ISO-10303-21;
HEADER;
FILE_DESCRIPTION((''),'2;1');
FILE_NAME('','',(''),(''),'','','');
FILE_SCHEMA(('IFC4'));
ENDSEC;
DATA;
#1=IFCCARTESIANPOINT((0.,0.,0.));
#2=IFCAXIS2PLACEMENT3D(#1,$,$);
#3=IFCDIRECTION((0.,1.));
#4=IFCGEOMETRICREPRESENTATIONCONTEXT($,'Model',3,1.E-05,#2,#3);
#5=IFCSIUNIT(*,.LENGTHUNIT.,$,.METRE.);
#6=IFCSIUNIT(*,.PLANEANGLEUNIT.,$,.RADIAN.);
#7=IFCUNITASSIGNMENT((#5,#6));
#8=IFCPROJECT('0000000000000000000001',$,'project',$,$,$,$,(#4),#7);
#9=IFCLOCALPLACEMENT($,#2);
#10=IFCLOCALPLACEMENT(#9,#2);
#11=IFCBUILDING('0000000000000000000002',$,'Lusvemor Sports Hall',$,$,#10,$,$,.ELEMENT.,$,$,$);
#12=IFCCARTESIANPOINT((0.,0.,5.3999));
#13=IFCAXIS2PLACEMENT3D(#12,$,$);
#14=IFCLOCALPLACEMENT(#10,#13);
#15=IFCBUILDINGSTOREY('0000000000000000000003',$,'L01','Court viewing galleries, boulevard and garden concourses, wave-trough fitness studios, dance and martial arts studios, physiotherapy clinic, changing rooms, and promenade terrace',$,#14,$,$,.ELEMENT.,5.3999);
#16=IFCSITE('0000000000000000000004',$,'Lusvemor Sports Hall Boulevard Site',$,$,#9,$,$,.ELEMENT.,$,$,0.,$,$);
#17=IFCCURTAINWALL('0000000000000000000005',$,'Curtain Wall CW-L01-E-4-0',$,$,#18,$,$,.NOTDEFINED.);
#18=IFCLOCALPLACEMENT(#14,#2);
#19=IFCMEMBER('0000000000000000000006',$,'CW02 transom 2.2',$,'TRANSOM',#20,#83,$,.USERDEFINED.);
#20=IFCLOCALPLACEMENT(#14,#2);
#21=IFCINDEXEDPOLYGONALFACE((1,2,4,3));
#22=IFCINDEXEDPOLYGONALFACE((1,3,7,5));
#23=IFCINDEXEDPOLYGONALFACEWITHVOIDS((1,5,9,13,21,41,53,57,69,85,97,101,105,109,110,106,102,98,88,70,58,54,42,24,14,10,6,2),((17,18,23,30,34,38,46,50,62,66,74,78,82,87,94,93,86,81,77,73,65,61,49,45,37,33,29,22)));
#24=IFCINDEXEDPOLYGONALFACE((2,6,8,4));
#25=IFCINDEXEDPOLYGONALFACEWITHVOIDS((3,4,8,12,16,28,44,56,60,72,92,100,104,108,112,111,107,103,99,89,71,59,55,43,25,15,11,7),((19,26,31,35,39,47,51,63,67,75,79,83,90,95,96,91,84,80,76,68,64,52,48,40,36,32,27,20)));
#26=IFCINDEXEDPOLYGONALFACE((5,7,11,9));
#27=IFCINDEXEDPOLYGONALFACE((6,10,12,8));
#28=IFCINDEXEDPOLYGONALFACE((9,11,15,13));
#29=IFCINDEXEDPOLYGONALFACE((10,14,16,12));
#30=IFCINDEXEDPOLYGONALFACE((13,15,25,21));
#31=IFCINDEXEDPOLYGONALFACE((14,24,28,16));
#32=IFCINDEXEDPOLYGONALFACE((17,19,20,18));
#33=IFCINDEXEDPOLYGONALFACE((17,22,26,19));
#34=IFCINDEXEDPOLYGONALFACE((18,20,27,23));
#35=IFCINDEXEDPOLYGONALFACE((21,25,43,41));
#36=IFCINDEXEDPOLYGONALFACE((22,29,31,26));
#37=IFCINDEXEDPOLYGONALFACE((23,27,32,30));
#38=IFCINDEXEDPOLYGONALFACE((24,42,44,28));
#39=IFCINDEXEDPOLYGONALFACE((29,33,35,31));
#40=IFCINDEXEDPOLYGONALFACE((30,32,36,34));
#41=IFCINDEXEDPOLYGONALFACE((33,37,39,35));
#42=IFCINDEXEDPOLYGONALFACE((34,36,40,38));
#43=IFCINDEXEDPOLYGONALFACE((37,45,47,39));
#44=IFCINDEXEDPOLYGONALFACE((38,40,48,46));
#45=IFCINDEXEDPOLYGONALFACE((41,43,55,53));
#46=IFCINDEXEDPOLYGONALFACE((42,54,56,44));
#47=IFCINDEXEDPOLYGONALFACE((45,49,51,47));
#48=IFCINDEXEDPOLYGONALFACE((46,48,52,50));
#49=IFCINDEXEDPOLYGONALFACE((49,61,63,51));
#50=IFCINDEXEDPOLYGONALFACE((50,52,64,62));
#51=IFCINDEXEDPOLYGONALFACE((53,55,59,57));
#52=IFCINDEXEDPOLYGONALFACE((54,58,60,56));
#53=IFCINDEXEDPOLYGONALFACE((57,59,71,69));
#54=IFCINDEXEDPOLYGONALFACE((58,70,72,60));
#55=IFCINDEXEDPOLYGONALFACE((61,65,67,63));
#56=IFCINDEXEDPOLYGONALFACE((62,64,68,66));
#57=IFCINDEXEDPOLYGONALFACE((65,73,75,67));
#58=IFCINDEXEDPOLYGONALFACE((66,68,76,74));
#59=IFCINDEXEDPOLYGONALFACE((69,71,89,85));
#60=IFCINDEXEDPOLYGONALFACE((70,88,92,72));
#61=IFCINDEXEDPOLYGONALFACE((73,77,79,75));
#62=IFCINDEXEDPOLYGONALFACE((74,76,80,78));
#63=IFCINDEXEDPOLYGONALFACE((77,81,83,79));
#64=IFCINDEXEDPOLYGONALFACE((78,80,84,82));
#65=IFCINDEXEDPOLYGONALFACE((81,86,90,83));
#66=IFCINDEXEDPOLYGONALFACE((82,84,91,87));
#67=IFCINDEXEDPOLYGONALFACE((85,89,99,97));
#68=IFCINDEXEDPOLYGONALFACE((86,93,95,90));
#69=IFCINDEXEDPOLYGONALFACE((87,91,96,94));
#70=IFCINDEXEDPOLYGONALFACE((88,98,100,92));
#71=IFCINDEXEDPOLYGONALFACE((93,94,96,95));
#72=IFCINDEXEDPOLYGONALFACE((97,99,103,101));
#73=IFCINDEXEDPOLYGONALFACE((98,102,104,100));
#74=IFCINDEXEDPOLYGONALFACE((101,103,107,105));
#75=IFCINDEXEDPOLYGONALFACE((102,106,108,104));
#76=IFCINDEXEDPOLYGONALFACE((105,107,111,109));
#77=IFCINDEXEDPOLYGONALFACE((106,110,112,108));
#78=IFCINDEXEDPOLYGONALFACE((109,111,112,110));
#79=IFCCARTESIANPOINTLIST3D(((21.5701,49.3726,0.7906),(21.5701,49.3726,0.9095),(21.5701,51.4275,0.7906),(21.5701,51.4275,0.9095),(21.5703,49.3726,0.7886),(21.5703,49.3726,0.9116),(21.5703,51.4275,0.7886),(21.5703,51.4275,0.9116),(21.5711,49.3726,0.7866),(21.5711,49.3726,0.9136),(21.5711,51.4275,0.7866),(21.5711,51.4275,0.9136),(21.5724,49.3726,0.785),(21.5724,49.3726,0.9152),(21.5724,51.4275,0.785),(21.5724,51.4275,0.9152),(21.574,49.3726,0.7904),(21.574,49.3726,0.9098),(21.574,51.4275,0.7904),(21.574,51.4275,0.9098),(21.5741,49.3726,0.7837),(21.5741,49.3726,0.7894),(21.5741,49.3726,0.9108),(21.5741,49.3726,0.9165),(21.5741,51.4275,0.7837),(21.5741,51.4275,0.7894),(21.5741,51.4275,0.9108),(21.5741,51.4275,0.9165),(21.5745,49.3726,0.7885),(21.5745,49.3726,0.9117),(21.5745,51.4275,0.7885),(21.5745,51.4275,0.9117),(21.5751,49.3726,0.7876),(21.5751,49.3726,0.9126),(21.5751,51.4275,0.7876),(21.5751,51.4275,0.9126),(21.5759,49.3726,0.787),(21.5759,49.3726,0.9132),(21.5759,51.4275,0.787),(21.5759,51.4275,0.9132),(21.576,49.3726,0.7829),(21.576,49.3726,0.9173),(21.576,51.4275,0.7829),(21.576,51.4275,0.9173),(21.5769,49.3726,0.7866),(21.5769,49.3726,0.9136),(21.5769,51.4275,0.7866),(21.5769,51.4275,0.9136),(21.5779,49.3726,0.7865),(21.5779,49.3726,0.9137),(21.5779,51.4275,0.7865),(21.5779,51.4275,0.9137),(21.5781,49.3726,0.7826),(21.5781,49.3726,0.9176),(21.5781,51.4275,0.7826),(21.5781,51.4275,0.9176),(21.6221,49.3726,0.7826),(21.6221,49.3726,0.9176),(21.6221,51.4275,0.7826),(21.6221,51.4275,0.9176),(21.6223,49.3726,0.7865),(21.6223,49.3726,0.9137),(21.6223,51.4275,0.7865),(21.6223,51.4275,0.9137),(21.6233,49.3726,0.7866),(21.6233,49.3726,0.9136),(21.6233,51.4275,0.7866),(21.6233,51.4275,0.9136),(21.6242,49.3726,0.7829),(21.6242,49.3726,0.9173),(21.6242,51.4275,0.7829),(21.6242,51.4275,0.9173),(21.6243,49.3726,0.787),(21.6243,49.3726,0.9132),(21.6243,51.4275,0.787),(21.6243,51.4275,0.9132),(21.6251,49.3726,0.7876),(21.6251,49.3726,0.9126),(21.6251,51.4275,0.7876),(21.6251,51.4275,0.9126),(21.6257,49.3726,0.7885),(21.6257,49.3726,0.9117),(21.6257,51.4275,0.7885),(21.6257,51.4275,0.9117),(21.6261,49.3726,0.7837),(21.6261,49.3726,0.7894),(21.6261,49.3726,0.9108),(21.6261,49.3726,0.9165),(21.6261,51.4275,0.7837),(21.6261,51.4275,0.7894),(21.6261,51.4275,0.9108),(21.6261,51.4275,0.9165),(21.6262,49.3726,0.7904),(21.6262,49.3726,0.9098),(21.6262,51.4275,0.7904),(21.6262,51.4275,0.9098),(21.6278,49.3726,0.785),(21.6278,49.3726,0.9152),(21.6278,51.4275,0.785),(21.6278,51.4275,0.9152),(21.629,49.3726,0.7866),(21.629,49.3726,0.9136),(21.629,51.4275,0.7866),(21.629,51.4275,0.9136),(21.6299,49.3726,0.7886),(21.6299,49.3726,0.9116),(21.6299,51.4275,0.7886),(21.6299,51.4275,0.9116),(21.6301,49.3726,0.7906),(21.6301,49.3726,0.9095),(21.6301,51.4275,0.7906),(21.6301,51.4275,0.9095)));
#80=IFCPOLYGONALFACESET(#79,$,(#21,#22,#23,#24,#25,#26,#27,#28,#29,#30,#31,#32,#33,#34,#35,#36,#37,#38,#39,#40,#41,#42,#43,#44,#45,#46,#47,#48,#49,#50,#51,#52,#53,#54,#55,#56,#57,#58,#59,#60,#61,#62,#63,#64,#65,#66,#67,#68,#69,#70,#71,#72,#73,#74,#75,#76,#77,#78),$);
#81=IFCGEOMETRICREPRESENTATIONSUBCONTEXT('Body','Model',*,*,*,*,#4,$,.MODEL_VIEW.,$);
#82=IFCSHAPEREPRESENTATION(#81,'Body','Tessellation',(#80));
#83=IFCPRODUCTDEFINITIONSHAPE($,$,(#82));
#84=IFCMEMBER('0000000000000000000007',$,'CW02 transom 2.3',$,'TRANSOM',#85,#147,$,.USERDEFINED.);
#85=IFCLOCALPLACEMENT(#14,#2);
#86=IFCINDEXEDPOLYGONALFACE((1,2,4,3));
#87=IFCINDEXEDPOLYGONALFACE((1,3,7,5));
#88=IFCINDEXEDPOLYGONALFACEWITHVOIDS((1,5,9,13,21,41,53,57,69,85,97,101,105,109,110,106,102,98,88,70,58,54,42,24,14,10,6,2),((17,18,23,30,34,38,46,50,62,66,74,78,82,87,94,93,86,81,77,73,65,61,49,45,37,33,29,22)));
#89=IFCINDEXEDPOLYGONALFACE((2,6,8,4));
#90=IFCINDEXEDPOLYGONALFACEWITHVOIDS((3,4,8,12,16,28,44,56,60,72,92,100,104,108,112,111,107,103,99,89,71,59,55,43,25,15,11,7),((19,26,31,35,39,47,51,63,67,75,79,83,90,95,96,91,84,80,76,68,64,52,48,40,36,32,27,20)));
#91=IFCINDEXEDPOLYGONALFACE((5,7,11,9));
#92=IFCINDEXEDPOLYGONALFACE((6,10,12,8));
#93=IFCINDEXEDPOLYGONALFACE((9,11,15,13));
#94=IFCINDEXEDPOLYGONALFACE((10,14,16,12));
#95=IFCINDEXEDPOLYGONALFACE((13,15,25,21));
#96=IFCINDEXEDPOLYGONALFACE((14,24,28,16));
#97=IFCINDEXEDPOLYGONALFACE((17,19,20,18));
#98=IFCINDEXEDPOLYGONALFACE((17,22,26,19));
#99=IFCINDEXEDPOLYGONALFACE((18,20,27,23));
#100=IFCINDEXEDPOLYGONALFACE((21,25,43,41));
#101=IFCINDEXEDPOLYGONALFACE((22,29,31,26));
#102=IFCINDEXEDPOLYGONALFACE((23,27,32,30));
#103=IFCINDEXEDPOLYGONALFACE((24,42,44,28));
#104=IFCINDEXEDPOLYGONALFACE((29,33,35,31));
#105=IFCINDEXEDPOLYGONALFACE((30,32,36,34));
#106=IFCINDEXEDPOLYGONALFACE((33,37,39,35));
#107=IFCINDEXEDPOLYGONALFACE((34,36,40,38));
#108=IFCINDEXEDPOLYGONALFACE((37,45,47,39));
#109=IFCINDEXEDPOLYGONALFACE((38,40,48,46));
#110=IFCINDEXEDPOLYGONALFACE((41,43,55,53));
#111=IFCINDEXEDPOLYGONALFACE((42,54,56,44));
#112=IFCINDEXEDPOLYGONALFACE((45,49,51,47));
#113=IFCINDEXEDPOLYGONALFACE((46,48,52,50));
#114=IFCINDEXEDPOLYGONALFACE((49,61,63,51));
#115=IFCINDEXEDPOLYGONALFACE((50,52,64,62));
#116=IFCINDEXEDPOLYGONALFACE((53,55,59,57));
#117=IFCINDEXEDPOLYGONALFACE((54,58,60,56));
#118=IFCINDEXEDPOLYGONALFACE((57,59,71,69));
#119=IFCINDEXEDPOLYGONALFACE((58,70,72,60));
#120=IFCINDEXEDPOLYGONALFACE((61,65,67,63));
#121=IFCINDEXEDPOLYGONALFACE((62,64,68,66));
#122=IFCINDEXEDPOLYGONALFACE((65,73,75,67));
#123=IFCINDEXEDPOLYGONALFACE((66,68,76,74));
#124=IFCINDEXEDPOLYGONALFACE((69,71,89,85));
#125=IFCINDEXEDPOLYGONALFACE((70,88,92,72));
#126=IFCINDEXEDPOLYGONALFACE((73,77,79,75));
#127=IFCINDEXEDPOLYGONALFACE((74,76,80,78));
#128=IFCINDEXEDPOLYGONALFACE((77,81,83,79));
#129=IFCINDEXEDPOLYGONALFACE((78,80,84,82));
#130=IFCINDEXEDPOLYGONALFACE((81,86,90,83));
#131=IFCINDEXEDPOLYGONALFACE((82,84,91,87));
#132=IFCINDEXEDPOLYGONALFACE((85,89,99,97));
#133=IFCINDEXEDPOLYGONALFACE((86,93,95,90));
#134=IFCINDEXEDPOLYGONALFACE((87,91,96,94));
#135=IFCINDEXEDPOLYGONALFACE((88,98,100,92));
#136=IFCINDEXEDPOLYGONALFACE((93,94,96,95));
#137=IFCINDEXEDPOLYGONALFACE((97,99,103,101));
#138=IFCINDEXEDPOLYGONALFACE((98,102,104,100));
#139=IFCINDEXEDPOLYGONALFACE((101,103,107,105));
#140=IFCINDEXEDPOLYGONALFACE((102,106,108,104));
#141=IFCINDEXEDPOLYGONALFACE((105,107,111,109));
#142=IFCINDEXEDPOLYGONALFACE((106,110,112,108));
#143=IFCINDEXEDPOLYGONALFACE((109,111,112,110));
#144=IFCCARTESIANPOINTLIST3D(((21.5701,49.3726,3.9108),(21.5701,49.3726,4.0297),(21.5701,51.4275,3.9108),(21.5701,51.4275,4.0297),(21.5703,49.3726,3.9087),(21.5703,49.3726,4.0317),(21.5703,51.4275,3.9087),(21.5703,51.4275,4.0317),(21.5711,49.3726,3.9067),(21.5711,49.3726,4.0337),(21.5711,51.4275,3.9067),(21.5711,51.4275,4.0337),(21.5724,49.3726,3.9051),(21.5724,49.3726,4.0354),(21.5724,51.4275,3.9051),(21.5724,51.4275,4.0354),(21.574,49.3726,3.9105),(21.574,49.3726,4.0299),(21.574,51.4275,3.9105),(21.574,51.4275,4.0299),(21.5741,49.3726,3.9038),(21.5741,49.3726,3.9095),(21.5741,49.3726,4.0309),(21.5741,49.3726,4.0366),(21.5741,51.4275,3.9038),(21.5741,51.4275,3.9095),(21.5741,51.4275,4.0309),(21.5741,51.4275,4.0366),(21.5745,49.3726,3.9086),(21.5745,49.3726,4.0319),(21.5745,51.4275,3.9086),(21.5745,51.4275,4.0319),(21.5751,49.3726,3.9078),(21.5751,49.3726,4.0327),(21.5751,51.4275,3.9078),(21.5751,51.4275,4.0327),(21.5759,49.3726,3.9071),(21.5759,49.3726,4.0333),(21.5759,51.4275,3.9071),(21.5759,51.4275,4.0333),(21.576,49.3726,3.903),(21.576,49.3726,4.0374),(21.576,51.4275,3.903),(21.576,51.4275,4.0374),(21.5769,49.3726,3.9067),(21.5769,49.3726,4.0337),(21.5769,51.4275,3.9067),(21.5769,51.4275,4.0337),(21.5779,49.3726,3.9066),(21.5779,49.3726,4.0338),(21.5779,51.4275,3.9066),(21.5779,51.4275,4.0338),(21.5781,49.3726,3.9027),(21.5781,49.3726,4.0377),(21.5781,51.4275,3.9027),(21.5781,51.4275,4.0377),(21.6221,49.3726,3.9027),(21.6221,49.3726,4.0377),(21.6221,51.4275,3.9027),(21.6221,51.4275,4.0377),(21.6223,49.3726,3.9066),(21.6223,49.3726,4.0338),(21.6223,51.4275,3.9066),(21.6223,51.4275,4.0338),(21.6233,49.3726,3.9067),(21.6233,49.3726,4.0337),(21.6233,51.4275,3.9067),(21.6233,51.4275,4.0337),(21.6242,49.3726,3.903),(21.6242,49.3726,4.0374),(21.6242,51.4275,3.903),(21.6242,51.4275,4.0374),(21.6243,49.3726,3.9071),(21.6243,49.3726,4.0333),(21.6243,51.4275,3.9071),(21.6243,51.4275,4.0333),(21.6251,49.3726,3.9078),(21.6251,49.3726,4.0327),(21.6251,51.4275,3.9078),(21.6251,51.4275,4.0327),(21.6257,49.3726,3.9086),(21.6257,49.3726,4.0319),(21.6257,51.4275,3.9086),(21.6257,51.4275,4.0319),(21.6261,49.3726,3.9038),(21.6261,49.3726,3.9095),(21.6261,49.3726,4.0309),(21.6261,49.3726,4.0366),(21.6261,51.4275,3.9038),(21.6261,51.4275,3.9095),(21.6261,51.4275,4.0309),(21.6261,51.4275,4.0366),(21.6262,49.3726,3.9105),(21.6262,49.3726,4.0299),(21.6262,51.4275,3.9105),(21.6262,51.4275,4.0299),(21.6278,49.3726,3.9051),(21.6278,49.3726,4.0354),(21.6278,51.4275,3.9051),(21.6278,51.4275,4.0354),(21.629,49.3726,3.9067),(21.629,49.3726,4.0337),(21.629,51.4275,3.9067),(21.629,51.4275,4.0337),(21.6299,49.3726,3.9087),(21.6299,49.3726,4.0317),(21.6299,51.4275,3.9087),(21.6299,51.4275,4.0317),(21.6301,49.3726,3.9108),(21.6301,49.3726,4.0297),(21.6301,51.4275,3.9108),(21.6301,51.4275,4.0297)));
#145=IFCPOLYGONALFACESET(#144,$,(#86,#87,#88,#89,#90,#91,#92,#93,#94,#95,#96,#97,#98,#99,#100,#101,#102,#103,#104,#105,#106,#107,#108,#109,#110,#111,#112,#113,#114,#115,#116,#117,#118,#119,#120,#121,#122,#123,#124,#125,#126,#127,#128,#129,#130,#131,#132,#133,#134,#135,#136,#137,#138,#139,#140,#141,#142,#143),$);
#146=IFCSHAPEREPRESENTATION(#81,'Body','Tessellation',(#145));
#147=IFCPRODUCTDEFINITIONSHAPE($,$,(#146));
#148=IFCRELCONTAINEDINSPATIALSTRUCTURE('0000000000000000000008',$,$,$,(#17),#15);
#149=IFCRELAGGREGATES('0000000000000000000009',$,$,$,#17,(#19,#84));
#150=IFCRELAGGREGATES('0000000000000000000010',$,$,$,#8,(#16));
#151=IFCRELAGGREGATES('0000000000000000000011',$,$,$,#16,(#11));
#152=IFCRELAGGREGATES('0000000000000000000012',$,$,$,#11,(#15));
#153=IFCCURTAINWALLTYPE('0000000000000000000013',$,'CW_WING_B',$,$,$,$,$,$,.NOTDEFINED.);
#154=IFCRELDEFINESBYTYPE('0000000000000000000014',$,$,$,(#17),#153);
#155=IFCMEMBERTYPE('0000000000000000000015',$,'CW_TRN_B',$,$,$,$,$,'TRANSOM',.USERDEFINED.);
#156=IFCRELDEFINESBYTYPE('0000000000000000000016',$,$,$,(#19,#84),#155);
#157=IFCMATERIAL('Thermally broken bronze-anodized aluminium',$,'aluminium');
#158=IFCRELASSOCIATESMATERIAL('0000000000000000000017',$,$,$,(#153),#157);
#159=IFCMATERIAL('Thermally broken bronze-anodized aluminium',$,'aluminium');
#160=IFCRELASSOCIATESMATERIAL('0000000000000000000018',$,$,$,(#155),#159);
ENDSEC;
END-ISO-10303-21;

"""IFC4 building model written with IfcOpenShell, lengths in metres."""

from ifc_helpers import new_model, si_unit, direction, frame, origin, origin_2d, place, context, subcontext, project, spatial, hollow_rectangle, extrude, material, material_profile, profile_set, type_object, element, aggregate, save


model = new_model("IFC4")

# Units and contexts
model_context = context("Model", 3, precision=1e-05, world=origin(), true_north=direction((0.0, 1.0)))
body_context = subcontext(model_context, "Body", "Model", "MODEL_VIEW")
ifc_project = project(units=[si_unit("LENGTHUNIT", "METRE"), si_unit("PLANEANGLEUNIT", "RADIAN")], contexts=[model_context])

# Site, building, storey
site_placement = place(None, origin())
site = spatial("IfcSite", under=ifc_project, at=site_placement, Name="Lusvemor Sports Hall Boulevard Site", CompositionType="ELEMENT", RefElevation=0.0)
building_placement = place(site_placement, origin())
building = spatial("IfcBuilding", under=site, at=building_placement, Name="Lusvemor Sports Hall", CompositionType="ELEMENT")
storey_placement = place(building_placement, frame((0.0, 0.0, 5.3999)))
storey = spatial("IfcBuildingStorey", under=building, at=storey_placement, Name="L01", Description="Court viewing galleries, boulevard and garden concourses, wave-trough fitness studios, dance and martial arts studios, physiotherapy clinic, changing rooms, and promenade terrace", CompositionType="ELEMENT", Elevation=5.3999)

# Shared definitions
ifc_material_1 = material(Name="Thermally broken bronze-anodized aluminium", Category="aluminium")
curtain_wall_type = type_object("IfcCurtainWallType", Name="CW_WING_B", PredefinedType="NOTDEFINED", material=ifc_material_1)

# Curtain wall, members
curtain_wall_1_placement = place(storey_placement, origin())
curtain_wall_1 = element("IfcCurtainWall", 1, at=curtain_wall_1_placement, inside=storey, type_object=curtain_wall_type, Name="Curtain Wall CW-L01-E-4-0", PredefinedType="NOTDEFINED")
ifc_material_2 = material(Name="Thermally broken bronze-anodized aluminium", Category="aluminium")
ifc_material_profile_1 = material_profile(ifc_material_2, hollow_rectangle(XDim=0.0601, YDim=0.135, WallThickness=0.0039, InnerFilletRadius=0.0039, OuterFilletRadius=0.0081, at=origin_2d()), Name="CWTRN135x60x4")
ifc_profile_set_1 = profile_set([ifc_material_profile_1], Name="Thermally broken bronze-anodized aluminium")
member_type_1 = type_object("IfcMemberType", Name="CW_TRN_B", ElementType="TRANSOM", PredefinedType="USERDEFINED", material=ifc_profile_set_1)
member_1_placement = place(storey_placement, frame((21.6001, 51.4275, 0.8501), z_axis=(0.0, -1.0, 0.0), x_axis=(1.0, 0.0, 0.0)))
member_1 = element("IfcMember", 2, at=member_1_placement, type_object=member_type_1, Name="CW02 transom 2.2", ObjectType="TRANSOM", PredefinedType="USERDEFINED", context=body_context, shape_type="SweptSolid", body=[
    extrude(hollow_rectangle(XDim=0.0601, YDim=0.135, WallThickness=0.0039, InnerFilletRadius=0.0039, OuterFilletRadius=0.0081, at=origin_2d()), origin(), (0.0, 0.0, 1.0), 2.0549),
])
member_2_placement = place(storey_placement, frame((21.6001, 51.4275, 3.9702), z_axis=(0.0, -1.0, 0.0), x_axis=(1.0, 0.0, 0.0)))
member_2 = element("IfcMember", 3, at=member_2_placement, type_object=member_type_1, Name="CW02 transom 2.3", ObjectType="TRANSOM", PredefinedType="USERDEFINED", context=body_context, shape_type="SweptSolid", body=[
    extrude(hollow_rectangle(XDim=0.0601, YDim=0.135, WallThickness=0.0039, InnerFilletRadius=0.0039, OuterFilletRadius=0.0081, at=origin_2d()), origin(), (0.0, 0.0, 1.0), 2.0549),
])

aggregate(curtain_wall_1, [member_1, member_2])

save(model, "model.ifc")
